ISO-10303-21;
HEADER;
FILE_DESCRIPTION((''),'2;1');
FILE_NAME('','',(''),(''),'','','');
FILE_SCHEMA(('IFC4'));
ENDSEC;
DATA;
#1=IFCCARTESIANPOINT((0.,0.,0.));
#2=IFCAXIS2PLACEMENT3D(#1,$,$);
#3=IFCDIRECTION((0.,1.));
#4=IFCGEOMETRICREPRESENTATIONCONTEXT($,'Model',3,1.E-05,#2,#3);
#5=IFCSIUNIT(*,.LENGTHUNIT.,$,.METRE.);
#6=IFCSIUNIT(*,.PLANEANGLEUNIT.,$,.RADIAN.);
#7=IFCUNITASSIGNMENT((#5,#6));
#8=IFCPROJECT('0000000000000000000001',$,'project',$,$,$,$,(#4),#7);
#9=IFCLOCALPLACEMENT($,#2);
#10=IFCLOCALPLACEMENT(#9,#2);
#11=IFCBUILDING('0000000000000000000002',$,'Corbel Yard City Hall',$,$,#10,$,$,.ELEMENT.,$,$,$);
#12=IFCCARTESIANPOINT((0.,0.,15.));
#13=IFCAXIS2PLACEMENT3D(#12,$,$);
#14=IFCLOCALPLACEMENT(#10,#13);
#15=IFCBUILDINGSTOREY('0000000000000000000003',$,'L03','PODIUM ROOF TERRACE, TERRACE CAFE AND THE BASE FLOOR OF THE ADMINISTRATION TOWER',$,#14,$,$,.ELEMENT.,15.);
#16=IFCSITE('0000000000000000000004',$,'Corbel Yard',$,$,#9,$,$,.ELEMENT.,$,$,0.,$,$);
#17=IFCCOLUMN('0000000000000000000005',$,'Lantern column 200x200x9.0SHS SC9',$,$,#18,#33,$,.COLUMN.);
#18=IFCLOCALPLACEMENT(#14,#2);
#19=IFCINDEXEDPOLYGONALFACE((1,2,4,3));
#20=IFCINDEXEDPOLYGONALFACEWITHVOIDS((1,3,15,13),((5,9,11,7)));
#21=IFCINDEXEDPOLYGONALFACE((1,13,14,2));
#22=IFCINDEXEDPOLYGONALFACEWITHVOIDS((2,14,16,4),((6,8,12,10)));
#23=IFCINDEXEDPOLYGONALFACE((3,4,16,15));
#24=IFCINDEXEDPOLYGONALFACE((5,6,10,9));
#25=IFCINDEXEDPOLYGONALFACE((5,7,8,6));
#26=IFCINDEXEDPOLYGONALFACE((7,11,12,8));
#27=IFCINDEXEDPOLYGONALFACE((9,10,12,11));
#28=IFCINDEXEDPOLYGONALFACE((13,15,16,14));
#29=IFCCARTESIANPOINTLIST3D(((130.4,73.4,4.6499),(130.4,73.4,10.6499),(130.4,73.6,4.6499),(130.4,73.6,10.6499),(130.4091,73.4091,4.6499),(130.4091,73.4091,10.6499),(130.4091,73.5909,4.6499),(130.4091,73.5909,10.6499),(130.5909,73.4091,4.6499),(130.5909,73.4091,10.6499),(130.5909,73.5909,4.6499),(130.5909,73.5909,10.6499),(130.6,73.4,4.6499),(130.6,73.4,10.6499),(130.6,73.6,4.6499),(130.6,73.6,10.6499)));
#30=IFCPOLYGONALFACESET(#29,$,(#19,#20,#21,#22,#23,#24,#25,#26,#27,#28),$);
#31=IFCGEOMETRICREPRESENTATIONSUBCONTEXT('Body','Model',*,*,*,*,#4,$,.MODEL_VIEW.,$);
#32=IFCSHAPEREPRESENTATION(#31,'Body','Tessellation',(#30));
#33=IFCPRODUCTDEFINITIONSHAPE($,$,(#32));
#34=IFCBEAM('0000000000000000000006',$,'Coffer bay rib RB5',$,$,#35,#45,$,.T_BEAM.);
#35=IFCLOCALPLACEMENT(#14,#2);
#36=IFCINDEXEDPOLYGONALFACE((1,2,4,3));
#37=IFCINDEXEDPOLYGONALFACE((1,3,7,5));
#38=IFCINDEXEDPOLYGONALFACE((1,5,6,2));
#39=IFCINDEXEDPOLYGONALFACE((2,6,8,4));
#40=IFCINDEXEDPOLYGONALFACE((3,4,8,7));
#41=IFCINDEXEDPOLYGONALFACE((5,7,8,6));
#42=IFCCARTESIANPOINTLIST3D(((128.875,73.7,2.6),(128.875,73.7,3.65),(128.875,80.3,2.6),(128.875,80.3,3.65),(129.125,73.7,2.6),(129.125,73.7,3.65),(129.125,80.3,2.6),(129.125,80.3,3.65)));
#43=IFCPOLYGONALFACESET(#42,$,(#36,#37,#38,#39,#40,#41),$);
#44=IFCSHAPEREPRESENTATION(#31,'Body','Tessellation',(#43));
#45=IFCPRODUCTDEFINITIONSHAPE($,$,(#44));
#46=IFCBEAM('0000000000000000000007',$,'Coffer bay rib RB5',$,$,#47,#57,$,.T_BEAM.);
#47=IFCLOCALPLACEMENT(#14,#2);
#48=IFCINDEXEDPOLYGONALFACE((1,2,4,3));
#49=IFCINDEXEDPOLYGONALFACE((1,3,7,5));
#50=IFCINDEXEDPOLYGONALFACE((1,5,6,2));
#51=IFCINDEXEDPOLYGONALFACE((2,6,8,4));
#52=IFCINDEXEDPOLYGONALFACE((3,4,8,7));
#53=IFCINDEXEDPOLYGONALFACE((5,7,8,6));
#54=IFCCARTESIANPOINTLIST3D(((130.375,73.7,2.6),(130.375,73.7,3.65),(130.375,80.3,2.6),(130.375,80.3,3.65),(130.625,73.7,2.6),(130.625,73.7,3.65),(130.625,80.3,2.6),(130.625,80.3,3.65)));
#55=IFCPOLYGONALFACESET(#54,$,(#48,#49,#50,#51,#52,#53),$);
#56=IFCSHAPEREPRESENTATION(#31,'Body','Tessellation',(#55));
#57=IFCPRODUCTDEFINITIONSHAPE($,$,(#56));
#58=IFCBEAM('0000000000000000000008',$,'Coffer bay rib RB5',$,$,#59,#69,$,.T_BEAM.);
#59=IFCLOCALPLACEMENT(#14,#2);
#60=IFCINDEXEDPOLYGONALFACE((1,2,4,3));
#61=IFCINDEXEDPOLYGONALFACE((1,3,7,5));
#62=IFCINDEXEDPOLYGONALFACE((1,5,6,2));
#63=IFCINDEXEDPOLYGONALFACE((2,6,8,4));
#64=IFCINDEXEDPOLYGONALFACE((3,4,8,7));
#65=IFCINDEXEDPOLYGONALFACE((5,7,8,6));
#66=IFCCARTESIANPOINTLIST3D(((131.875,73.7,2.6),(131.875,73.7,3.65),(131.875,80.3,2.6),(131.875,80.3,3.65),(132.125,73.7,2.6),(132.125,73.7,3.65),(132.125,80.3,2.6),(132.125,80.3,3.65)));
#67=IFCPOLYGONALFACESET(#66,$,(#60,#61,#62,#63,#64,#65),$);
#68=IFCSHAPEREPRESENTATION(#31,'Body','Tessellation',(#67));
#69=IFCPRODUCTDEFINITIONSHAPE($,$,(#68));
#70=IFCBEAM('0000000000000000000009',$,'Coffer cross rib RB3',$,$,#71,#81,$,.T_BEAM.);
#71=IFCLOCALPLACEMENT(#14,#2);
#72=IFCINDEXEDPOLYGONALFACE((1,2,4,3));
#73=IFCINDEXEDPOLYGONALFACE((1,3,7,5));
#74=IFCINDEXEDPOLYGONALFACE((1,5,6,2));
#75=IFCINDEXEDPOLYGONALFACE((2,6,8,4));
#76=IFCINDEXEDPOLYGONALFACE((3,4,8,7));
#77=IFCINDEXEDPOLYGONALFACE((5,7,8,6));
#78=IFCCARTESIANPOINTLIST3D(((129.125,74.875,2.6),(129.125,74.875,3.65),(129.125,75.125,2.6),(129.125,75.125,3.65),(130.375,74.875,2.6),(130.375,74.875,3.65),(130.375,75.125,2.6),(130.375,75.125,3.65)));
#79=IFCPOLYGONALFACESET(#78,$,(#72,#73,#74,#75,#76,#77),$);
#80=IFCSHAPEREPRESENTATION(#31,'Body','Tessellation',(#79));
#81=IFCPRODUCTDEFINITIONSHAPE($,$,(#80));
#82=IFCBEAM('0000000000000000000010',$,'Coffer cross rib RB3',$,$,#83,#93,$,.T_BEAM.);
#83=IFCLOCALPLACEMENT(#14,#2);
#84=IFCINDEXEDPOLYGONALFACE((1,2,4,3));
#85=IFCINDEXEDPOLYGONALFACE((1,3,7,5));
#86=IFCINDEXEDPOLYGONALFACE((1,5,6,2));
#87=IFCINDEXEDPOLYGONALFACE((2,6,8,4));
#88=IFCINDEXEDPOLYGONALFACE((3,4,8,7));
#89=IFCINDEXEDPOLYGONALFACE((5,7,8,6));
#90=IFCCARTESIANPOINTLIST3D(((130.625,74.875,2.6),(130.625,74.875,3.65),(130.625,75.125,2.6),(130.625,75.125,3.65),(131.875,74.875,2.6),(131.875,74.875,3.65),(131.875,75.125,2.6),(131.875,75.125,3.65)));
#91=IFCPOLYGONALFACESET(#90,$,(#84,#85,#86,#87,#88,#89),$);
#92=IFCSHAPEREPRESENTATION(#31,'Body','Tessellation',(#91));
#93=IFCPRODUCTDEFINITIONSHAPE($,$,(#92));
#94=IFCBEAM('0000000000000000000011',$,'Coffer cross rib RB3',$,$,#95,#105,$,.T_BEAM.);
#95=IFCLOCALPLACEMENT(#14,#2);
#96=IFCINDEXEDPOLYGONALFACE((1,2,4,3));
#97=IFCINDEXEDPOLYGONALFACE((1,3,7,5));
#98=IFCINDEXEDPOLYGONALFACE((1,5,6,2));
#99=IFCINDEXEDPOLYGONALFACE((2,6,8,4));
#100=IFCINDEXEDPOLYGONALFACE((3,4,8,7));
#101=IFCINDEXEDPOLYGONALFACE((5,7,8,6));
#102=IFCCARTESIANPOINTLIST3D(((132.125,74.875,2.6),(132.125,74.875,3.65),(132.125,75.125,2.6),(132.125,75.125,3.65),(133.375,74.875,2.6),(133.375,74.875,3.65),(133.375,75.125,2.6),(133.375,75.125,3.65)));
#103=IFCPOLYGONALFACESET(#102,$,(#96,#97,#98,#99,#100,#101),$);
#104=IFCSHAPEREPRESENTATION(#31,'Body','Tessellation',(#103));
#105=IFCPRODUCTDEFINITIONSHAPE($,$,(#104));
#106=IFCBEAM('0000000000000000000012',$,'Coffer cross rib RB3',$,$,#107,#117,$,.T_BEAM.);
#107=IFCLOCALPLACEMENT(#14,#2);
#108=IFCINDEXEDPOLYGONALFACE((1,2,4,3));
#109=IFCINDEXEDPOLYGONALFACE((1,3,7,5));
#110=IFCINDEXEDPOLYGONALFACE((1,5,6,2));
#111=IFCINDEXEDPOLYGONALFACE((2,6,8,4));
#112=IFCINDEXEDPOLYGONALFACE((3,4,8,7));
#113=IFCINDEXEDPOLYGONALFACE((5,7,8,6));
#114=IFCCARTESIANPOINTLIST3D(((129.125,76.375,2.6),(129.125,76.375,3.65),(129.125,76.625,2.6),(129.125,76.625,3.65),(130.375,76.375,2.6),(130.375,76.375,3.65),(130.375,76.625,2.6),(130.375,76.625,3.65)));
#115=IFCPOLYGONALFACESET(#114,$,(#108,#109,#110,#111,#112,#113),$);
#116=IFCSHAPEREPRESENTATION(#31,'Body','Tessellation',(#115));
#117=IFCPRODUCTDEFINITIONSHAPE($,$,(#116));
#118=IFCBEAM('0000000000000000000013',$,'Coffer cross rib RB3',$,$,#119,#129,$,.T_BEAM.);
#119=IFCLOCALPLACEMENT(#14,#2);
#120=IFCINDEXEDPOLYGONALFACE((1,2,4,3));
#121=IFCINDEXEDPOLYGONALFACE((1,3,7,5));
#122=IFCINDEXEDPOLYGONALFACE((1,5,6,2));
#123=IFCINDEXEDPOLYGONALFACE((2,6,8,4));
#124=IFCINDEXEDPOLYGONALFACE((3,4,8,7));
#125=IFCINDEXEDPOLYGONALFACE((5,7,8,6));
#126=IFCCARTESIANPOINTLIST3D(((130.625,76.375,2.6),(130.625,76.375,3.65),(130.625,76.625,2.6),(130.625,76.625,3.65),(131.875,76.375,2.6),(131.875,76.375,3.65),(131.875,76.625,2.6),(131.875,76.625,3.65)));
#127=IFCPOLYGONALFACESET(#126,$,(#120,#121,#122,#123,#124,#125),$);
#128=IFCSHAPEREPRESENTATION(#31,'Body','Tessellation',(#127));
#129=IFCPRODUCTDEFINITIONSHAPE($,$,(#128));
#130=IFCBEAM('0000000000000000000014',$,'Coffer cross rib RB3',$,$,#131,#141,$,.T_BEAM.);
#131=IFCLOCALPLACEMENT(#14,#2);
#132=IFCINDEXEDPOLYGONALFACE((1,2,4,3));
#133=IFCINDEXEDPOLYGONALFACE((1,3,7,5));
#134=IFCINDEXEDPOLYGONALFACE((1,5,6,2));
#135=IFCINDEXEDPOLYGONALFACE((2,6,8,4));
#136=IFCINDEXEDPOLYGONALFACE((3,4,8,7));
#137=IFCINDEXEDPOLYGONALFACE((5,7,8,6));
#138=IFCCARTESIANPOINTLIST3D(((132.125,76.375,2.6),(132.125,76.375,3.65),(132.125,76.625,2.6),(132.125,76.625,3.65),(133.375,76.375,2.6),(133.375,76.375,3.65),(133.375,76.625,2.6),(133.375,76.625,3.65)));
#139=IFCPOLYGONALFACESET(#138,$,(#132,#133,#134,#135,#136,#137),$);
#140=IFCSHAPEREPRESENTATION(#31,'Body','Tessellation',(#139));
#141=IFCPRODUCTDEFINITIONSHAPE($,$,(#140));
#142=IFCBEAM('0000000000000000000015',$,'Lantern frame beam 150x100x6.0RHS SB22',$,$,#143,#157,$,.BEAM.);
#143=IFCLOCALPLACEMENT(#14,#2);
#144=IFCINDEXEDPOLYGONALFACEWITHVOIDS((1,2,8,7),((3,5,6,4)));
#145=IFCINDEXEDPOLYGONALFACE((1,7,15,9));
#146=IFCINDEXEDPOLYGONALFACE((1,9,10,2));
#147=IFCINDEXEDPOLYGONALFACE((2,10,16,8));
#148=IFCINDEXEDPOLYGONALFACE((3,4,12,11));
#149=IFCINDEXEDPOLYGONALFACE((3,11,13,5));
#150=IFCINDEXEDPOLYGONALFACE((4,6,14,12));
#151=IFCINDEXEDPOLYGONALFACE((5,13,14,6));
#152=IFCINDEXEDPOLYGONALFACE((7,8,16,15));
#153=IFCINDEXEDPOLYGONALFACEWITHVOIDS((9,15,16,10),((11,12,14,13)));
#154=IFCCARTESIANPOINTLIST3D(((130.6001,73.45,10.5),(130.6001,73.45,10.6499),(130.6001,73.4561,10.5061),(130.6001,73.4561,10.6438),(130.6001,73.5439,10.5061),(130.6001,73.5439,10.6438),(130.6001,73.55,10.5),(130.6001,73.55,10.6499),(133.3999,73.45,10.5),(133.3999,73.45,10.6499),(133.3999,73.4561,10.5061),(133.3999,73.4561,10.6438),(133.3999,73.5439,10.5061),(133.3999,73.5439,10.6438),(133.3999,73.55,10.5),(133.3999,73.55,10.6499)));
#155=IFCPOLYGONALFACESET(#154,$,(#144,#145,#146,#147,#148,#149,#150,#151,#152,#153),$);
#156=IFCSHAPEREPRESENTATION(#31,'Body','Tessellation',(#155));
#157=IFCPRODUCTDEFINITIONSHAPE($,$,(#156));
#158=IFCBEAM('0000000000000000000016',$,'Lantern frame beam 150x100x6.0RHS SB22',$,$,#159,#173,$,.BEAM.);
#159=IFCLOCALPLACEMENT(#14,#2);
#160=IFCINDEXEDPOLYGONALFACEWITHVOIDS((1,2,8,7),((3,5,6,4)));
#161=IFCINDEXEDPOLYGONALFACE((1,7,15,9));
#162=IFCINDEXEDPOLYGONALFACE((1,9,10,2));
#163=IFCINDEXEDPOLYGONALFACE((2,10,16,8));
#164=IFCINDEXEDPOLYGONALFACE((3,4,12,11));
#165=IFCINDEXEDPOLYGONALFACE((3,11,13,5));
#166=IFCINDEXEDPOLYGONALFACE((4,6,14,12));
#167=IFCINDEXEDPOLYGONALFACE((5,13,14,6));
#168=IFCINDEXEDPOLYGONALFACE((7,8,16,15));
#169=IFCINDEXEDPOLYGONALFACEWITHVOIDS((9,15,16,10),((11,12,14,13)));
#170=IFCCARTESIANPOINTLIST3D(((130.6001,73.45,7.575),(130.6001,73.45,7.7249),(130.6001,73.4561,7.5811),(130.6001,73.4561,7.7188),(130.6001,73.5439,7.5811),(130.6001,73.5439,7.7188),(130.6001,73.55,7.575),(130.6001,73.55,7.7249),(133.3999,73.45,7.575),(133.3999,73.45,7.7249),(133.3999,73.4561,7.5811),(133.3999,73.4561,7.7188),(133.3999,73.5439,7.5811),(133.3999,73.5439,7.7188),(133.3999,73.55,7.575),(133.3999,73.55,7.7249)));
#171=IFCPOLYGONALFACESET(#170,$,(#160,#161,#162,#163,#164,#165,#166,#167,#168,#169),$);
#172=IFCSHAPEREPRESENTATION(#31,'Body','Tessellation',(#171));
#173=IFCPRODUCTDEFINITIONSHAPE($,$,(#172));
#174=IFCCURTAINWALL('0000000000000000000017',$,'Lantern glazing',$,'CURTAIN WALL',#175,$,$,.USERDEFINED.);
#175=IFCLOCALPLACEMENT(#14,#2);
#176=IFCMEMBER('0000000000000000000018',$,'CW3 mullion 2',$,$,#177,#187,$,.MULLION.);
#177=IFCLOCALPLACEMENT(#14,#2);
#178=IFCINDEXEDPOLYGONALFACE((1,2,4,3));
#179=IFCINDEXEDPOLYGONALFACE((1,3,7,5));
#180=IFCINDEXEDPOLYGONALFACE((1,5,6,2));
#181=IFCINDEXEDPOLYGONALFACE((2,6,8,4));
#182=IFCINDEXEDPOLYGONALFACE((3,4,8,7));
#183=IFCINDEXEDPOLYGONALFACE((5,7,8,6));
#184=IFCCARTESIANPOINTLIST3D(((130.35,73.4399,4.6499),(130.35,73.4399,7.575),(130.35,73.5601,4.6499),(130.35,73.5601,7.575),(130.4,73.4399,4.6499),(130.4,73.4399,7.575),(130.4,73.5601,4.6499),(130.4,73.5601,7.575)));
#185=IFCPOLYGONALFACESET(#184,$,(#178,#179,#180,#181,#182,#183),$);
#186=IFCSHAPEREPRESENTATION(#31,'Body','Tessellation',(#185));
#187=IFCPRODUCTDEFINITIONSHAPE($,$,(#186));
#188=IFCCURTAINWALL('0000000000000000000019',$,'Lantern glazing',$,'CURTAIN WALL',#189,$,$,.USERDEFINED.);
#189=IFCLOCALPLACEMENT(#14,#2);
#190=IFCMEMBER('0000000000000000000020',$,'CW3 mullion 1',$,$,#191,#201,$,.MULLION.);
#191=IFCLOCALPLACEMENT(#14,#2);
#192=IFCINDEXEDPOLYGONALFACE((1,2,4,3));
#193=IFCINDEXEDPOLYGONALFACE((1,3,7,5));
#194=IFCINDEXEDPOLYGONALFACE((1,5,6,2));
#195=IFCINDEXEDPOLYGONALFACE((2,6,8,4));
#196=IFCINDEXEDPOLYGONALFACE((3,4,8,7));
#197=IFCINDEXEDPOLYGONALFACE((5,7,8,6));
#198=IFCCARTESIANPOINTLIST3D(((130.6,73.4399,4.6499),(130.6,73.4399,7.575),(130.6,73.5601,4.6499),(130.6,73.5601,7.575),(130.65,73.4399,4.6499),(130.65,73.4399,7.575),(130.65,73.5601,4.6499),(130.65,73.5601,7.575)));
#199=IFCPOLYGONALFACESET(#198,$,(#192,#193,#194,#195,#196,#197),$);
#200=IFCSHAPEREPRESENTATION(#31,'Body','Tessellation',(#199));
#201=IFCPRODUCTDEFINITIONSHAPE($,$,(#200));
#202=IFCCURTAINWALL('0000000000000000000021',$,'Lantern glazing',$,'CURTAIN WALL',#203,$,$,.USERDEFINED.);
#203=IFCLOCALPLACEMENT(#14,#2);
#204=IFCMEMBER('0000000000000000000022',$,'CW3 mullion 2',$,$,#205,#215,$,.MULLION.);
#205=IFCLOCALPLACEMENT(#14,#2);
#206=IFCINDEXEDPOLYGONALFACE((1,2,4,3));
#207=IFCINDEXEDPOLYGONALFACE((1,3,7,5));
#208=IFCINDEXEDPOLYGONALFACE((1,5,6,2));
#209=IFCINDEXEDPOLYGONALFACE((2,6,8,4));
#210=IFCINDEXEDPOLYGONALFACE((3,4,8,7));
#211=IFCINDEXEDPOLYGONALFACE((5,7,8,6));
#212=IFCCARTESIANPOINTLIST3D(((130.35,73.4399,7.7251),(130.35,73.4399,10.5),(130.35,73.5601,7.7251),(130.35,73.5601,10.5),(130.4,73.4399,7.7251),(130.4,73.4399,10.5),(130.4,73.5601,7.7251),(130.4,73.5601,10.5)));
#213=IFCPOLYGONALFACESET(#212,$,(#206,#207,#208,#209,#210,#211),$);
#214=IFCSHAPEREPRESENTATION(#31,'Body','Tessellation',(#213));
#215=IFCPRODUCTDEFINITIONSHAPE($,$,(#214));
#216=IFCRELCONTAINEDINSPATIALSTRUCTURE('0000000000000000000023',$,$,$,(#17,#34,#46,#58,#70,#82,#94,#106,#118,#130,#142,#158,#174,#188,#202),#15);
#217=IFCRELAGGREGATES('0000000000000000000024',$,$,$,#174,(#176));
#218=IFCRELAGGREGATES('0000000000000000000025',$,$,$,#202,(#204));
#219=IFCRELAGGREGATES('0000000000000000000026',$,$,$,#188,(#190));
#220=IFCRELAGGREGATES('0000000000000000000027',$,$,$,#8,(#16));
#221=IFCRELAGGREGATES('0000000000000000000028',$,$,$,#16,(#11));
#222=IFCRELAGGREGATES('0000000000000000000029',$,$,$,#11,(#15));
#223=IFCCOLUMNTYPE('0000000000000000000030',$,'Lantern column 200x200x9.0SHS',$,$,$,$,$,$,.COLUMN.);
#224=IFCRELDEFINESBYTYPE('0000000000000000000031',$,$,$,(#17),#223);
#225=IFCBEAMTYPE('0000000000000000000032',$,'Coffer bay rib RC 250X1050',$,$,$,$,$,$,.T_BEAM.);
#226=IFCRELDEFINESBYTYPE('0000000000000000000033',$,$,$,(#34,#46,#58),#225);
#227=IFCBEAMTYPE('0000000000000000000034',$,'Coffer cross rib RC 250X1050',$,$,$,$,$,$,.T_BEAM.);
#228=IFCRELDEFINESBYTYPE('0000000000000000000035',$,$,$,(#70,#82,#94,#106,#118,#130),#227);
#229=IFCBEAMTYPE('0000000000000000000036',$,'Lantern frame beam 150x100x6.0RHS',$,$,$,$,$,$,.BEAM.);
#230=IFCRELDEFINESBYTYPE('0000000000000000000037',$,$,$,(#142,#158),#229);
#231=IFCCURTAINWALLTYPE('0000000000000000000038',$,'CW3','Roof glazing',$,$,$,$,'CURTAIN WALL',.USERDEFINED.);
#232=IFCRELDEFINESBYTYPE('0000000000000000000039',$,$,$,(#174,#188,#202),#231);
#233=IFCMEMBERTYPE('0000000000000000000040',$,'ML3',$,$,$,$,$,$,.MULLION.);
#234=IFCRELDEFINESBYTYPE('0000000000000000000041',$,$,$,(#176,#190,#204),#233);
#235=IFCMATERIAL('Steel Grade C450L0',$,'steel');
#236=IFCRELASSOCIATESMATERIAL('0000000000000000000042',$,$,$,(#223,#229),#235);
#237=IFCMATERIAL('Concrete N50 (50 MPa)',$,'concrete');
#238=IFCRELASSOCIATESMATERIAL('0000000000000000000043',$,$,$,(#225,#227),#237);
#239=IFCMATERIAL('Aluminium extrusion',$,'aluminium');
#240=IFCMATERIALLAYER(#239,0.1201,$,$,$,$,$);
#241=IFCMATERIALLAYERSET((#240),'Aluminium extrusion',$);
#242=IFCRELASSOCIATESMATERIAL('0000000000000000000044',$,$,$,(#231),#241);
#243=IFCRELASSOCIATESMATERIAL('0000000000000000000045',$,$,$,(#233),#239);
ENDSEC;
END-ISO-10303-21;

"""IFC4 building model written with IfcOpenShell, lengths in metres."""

from ifc_helpers import new_model, si_unit, direction, frame, origin, origin_2d, place, context, subcontext, project, spatial, rectangle, hollow_rectangle, extrude, material, layer, layer_set, material_profile, profile_set, type_object, element, aggregate, save


model = new_model("IFC4")

# Units and contexts
model_context = context("Model", 3, precision=1e-05, world=origin(), true_north=direction((0.0, 1.0)))
body_context = subcontext(model_context, "Body", "Model", "MODEL_VIEW")
ifc_project = project(units=[si_unit("LENGTHUNIT", "METRE"), si_unit("PLANEANGLEUNIT", "RADIAN")], contexts=[model_context])

# Site, building, storey
site_placement = place(None, origin())
site = spatial("IfcSite", under=ifc_project, at=site_placement, Name="Corbel Yard", CompositionType="ELEMENT", RefElevation=0.0)
building_placement = place(site_placement, origin())
building = spatial("IfcBuilding", under=site, at=building_placement, Name="Corbel Yard City Hall", CompositionType="ELEMENT")
storey_placement = place(building_placement, frame((0.0, 0.0, 15.0)))
storey = spatial("IfcBuildingStorey", under=building, at=storey_placement, Name="L03", Description="PODIUM ROOF TERRACE, TERRACE CAFE AND THE BASE FLOOR OF THE ADMINISTRATION TOWER", CompositionType="ELEMENT", Elevation=15.0)

# Column
ifc_material_1 = material(Name="Steel Grade C450L0", Category="steel")
ifc_material_profile_1 = material_profile(ifc_material_1, hollow_rectangle(XDim=0.2, YDim=0.2, WallThickness=0.009, at=origin_2d()), Name="200x200x9.0SHS")
ifc_profile_set_1 = profile_set([ifc_material_profile_1], Name="Steel Grade C450L0")
column_type = type_object("IfcColumnType", Name="Lantern column 200x200x9.0SHS", PredefinedType="COLUMN", material=ifc_profile_set_1)
column_placement = place(storey_placement, frame((130.5, 73.5, 4.6499), z_axis=(0.0, 0.0, 1.0), x_axis=(1.0, 0.0, 0.0)))
element("IfcColumn", 1, at=column_placement, inside=storey, type_object=column_type, Name="Lantern column 200x200x9.0SHS SC9", PredefinedType="COLUMN", context=body_context, shape_type="SweptSolid", body=[
    extrude(hollow_rectangle(XDim=0.2, YDim=0.2, WallThickness=0.009, at=origin_2d()), origin(), (0.0, 0.0, 1.0), 6.0),
])

# Beams
ifc_material_2 = material(Name="Concrete N50 (50 MPa)", Category="concrete")
ifc_material_profile_2 = material_profile(ifc_material_2, rectangle(XDim=0.25, YDim=1.05, at=origin_2d()), Name="250x1050")
ifc_profile_set_2 = profile_set([ifc_material_profile_2], Name="Concrete N50 (50 MPa)")
beam_type_1 = type_object("IfcBeamType", Name="Coffer bay rib RC 250X1050", PredefinedType="T_BEAM", material=ifc_profile_set_2)
for number, where, z_axis, x_axis, name in (
    (2, (129.0, 73.7, 3.125), (0.0, 1.0, 0.0), (-1.0, 0.0, 0.0), "Coffer bay rib RB5"),
    (3, (130.5, 73.7, 3.125), (0.0, 1.0, 0.0), (-1.0, 0.0, 0.0), "Coffer bay rib RB5"),
    (4, (132.0, 73.7, 3.125), (0.0, 1.0, 0.0), (-1.0, 0.0, 0.0), "Coffer bay rib RB5"),
):
    element("IfcBeam", number, at=place(storey_placement, frame(where, z_axis=z_axis, x_axis=x_axis)), inside=storey, type_object=beam_type_1, Name=name, PredefinedType="T_BEAM", context=body_context, shape_type="SweptSolid", body=[
        extrude(rectangle(XDim=0.25, YDim=1.05, at=origin_2d()), origin(), (0.0, 0.0, 1.0), 6.6001),
    ])
ifc_material_profile_3 = material_profile(ifc_material_2, rectangle(XDim=0.25, YDim=1.05, at=origin_2d()), Name="250x1050")
ifc_profile_set_3 = profile_set([ifc_material_profile_3], Name="Concrete N50 (50 MPa)")
beam_type_2 = type_object("IfcBeamType", Name="Coffer cross rib RC 250X1050", PredefinedType="T_BEAM", material=ifc_profile_set_3)
for number, where, z_axis, x_axis, name in (
    (5, (129.125, 75.0, 3.125), (1.0, 0.0, 0.0), (0.0, 1.0, 0.0), "Coffer cross rib RB3"),
    (6, (130.625, 75.0, 3.125), (1.0, 0.0, 0.0), (0.0, 1.0, 0.0), "Coffer cross rib RB3"),
    (7, (132.125, 75.0, 3.125), (1.0, 0.0, 0.0), (0.0, 1.0, 0.0), "Coffer cross rib RB3"),
    (8, (129.125, 76.5, 3.125), (1.0, 0.0, 0.0), (0.0, 1.0, 0.0), "Coffer cross rib RB3"),
    (9, (130.625, 76.5, 3.125), (1.0, 0.0, 0.0), (0.0, 1.0, 0.0), "Coffer cross rib RB3"),
    (10, (132.125, 76.5, 3.125), (1.0, 0.0, 0.0), (0.0, 1.0, 0.0), "Coffer cross rib RB3"),
):
    element("IfcBeam", number, at=place(storey_placement, frame(where, z_axis=z_axis, x_axis=x_axis)), inside=storey, type_object=beam_type_2, Name=name, PredefinedType="T_BEAM", context=body_context, shape_type="SweptSolid", body=[
        extrude(rectangle(XDim=0.25, YDim=1.05, at=origin_2d()), origin(), (0.0, 0.0, 1.0), 1.25),
    ])
ifc_material_profile_4 = material_profile(ifc_material_1, hollow_rectangle(XDim=0.1001, YDim=0.1499, WallThickness=0.0061, at=origin_2d()), Name="150x100x6.0RHS")
ifc_profile_set_4 = profile_set([ifc_material_profile_4], Name="Steel Grade C450L0")
beam_type_3 = type_object("IfcBeamType", Name="Lantern frame beam 150x100x6.0RHS", PredefinedType="BEAM", material=ifc_profile_set_4)
for number, where, z_axis, x_axis, name in (
    (11, (130.6001, 73.5, 10.575), (1.0, 0.0, 0.0), (0.0, 1.0, 0.0), "Lantern frame beam 150x100x6.0RHS SB22"),
    (12, (130.6001, 73.5, 7.6499), (1.0, 0.0, 0.0), (0.0, 1.0, 0.0), "Lantern frame beam 150x100x6.0RHS SB22"),
):
    element("IfcBeam", number, at=place(storey_placement, frame(where, z_axis=z_axis, x_axis=x_axis)), inside=storey, type_object=beam_type_3, Name=name, PredefinedType="BEAM", context=body_context, shape_type="SweptSolid", body=[
        extrude(hollow_rectangle(XDim=0.1001, YDim=0.1499, WallThickness=0.0061, at=origin_2d()), origin(), (0.0, 0.0, 1.0), 2.7998),
    ])

# Curtain walls, members
ifc_material_3 = material(Name="Aluminium extrusion", Category="aluminium")
ifc_layer_1 = layer(ifc_material_3, 0.1201)
ifc_layer_set_1 = layer_set([ifc_layer_1], Name="Aluminium extrusion")
curtain_wall_type = type_object("IfcCurtainWallType", Name="CW3", Description="Roof glazing", ElementType="CURTAIN WALL", PredefinedType="USERDEFINED", material=ifc_layer_set_1)
curtain_wall_1_placement = place(storey_placement, origin())
curtain_wall_1 = element("IfcCurtainWall", 13, at=curtain_wall_1_placement, inside=storey, type_object=curtain_wall_type, Name="Lantern glazing", ObjectType="CURTAIN WALL", PredefinedType="USERDEFINED")
ifc_material_profile_5 = material_profile(ifc_material_3, rectangle(XDim=0.1201, YDim=0.05, at=origin_2d()), Name="120x50")
ifc_profile_set_5 = profile_set([ifc_material_profile_5], Name="Aluminium extrusion")
member_type_1 = type_object("IfcMemberType", Name="ML3", PredefinedType="MULLION", material=ifc_profile_set_5)
member_1_placement = place(storey_placement, frame((130.375, 73.5, 4.6499), z_axis=(0.0, 0.0, 1.0), x_axis=(0.0, 1.0, 0.0)))
member_1 = element("IfcMember", 14, at=member_1_placement, type_object=member_type_1, Name="CW3 mullion 2", PredefinedType="MULLION", context=body_context, shape_type="SweptSolid", body=[
    extrude(rectangle(XDim=0.1201, YDim=0.05, at=origin_2d()), origin(), (0.0, 0.0, 1.0), 2.925),
])
aggregate(curtain_wall_1, [member_1])
curtain_wall_2_placement = place(storey_placement, origin())
curtain_wall_2 = element("IfcCurtainWall", 15, at=curtain_wall_2_placement, inside=storey, type_object=curtain_wall_type, Name="Lantern glazing", ObjectType="CURTAIN WALL", PredefinedType="USERDEFINED")
member_2_placement = place(storey_placement, frame((130.625, 73.5, 4.6499), z_axis=(0.0, 0.0, 1.0), x_axis=(0.0, 1.0, 0.0)))
member_2 = element("IfcMember", 16, at=member_2_placement, type_object=member_type_1, Name="CW3 mullion 1", PredefinedType="MULLION", context=body_context, shape_type="SweptSolid", body=[
    extrude(rectangle(XDim=0.1201, YDim=0.05, at=origin_2d()), origin(), (0.0, 0.0, 1.0), 2.925),
])
curtain_wall_3_placement = place(storey_placement, origin())
curtain_wall_3 = element("IfcCurtainWall", 17, at=curtain_wall_3_placement, inside=storey, type_object=curtain_wall_type, Name="Lantern glazing", ObjectType="CURTAIN WALL", PredefinedType="USERDEFINED")
member_3_placement = place(storey_placement, frame((130.375, 73.5, 7.7251), z_axis=(0.0, 0.0, 1.0), x_axis=(0.0, 1.0, 0.0)))
member_3 = element("IfcMember", 18, at=member_3_placement, type_object=member_type_1, Name="CW3 mullion 2", PredefinedType="MULLION", context=body_context, shape_type="SweptSolid", body=[
    extrude(rectangle(XDim=0.1201, YDim=0.05, at=origin_2d()), origin(), (0.0, 0.0, 1.0), 2.7749),
])
aggregate(curtain_wall_3, [member_3])

aggregate(curtain_wall_2, [member_2])

save(model, "model.ifc")
